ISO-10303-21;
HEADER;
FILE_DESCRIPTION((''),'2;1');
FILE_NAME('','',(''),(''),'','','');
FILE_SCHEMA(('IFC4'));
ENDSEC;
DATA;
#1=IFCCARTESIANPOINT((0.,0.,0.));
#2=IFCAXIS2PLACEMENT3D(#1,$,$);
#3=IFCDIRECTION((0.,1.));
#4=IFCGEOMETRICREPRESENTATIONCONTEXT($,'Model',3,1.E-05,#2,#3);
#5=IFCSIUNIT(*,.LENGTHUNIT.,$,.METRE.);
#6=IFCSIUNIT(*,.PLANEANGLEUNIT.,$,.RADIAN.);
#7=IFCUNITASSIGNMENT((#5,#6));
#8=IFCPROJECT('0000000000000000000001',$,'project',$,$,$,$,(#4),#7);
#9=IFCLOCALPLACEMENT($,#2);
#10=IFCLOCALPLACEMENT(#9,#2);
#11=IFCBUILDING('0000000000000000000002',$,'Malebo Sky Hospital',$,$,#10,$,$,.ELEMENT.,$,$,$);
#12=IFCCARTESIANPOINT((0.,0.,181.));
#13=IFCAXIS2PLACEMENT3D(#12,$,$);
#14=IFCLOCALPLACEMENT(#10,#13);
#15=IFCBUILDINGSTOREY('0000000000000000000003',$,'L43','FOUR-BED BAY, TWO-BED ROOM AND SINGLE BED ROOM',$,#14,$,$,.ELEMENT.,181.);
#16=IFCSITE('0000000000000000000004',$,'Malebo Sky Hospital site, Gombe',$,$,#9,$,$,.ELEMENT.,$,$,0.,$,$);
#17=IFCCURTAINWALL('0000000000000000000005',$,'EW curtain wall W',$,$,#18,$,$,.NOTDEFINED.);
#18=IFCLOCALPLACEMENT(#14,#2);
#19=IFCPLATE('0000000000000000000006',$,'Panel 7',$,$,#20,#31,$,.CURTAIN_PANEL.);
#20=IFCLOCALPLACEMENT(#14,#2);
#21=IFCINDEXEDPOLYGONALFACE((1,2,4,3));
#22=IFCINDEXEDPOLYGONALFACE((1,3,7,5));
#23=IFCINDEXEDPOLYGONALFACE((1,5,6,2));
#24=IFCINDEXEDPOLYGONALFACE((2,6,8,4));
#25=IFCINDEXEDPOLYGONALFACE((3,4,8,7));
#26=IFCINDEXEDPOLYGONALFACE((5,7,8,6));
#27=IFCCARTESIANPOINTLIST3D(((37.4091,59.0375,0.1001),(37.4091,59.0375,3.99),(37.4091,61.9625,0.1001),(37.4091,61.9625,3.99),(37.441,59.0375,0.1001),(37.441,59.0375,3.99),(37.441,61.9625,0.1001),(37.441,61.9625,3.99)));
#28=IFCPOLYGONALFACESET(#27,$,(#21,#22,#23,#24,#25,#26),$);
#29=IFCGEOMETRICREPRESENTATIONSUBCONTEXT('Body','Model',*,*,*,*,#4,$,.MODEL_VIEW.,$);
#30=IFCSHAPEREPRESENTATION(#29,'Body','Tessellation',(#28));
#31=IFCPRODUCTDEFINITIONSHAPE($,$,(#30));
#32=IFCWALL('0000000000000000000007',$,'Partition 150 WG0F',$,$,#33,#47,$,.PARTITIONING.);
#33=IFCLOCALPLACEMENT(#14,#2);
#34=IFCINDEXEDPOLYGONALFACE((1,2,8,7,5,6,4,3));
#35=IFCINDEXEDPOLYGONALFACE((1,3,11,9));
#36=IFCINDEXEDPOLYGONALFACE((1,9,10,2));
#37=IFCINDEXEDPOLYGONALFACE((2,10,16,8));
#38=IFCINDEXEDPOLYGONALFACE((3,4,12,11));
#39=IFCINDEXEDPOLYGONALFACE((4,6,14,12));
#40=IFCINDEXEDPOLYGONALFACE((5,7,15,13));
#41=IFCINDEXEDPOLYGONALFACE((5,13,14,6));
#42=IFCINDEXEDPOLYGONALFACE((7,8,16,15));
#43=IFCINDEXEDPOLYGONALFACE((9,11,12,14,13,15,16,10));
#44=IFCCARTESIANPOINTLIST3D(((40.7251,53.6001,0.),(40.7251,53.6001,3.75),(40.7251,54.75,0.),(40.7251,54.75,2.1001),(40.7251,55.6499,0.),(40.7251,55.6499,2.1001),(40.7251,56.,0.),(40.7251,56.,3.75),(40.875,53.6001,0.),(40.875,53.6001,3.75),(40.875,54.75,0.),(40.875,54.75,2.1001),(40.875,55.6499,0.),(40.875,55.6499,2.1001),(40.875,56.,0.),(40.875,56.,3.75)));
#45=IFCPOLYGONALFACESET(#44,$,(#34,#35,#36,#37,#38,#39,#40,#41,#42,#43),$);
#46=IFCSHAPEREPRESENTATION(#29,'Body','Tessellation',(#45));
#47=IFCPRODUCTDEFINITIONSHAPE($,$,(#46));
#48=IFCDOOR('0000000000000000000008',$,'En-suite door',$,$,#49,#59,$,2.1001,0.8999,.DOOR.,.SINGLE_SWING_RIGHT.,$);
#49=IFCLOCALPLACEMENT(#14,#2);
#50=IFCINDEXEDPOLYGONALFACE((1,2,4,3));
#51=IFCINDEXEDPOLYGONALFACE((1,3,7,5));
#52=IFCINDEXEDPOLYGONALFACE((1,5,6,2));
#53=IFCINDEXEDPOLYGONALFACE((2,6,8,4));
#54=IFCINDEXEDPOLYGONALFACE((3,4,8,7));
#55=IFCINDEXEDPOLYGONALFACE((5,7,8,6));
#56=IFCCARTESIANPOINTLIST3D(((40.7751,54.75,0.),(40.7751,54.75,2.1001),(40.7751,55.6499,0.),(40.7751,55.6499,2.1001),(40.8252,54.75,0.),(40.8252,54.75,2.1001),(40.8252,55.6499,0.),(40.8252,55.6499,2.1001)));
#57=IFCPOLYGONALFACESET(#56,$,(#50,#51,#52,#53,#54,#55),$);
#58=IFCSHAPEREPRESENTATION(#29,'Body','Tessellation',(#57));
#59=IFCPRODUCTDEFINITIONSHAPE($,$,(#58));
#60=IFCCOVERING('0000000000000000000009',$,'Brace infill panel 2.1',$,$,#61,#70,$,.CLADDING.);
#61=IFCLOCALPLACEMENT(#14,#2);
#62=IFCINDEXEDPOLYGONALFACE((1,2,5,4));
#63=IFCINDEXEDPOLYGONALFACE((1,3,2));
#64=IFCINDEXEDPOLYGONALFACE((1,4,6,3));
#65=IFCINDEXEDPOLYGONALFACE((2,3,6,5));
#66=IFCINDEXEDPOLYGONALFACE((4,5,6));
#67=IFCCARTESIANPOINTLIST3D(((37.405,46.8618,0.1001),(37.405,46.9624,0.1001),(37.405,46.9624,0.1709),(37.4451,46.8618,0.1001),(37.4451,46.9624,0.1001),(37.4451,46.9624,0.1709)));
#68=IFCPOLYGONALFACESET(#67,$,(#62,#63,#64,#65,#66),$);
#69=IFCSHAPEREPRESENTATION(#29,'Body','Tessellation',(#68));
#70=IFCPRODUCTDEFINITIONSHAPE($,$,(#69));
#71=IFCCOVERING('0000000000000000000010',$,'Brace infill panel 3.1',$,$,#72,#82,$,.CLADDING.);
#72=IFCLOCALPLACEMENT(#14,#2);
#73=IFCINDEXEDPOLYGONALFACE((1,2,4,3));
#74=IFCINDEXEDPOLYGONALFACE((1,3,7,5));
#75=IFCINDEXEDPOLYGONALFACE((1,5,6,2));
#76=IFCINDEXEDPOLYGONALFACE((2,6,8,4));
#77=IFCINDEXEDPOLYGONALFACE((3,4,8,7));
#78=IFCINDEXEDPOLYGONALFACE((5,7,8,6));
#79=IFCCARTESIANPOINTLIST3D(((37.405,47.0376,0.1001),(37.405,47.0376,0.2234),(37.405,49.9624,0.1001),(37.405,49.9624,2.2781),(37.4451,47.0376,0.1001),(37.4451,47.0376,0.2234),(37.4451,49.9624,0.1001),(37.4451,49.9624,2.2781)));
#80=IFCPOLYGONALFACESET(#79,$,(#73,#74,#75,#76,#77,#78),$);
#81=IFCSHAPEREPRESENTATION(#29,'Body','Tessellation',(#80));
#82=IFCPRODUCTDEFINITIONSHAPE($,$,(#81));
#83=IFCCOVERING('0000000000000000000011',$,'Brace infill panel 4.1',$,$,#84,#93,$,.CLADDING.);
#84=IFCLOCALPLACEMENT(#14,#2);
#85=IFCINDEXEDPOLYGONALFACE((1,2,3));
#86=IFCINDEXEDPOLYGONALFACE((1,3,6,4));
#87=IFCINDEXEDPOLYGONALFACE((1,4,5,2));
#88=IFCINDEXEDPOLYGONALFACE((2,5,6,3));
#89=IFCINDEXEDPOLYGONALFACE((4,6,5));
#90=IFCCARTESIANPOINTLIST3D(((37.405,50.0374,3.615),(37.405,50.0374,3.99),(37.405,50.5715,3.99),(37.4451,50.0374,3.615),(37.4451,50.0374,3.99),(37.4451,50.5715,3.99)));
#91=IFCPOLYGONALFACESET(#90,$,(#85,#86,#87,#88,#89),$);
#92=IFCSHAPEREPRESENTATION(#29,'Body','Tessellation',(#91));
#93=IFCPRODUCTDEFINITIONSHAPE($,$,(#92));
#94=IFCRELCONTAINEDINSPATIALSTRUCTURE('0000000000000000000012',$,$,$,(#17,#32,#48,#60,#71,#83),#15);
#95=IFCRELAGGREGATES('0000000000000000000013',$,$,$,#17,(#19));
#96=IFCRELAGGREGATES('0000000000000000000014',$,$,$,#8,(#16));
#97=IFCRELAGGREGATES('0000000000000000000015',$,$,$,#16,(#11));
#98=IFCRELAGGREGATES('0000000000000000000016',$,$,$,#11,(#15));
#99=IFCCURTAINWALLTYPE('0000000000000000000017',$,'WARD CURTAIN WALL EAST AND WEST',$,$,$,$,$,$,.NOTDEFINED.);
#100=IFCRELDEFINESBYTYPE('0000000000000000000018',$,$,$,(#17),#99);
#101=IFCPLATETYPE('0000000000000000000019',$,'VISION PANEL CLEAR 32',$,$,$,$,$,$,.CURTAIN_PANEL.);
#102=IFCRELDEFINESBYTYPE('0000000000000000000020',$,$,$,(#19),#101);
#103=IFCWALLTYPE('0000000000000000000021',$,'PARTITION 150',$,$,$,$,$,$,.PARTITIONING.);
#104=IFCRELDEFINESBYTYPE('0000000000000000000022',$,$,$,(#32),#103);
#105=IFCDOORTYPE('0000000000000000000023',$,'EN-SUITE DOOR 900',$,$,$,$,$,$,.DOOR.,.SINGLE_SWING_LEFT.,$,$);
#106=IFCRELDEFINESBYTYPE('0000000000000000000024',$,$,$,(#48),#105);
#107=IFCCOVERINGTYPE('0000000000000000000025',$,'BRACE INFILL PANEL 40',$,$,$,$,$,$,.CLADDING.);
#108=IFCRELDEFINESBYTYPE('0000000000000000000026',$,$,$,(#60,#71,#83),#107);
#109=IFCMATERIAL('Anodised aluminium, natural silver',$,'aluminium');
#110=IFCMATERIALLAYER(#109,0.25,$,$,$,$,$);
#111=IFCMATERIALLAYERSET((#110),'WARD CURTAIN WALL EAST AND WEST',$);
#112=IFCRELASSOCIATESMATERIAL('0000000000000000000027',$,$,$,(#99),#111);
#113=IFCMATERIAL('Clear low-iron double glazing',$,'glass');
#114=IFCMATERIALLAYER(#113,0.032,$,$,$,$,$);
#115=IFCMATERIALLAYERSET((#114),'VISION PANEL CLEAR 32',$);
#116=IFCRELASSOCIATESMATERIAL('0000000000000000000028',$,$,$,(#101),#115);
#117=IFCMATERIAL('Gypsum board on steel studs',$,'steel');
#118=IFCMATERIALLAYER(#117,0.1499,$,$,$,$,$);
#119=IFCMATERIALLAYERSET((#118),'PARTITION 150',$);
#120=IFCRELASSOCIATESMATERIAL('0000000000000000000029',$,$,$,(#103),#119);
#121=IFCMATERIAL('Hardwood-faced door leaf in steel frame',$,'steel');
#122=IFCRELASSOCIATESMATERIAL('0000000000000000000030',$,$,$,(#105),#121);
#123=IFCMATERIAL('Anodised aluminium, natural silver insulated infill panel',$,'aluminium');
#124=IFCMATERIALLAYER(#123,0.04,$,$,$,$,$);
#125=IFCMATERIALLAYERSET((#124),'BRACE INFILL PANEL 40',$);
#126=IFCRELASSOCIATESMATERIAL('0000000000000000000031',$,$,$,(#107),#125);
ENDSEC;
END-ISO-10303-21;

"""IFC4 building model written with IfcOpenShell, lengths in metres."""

from ifc_helpers import new_model, si_unit, direction, frame, frame_2d, origin, origin_2d, place, context, subcontext, project, spatial, polyline, rectangle, outline, extrude, material, layer, layer_set, type_object, element, fill, aggregate, save


model = new_model("IFC4")

# Units and contexts
model_context = context("Model", 3, precision=1e-05, world=origin(), true_north=direction((0.0, 1.0)))
body_context = subcontext(model_context, "Body", "Model", "MODEL_VIEW")
ifc_project = project(units=[si_unit("LENGTHUNIT", "METRE"), si_unit("PLANEANGLEUNIT", "RADIAN")], contexts=[model_context])

# Site, building, storey
site_placement = place(None, origin())
site = spatial("IfcSite", under=ifc_project, at=site_placement, Name="Malebo Sky Hospital site, Gombe", CompositionType="ELEMENT", RefElevation=0.0)
building_placement = place(site_placement, origin())
building = spatial("IfcBuilding", under=site, at=building_placement, Name="Malebo Sky Hospital", CompositionType="ELEMENT")
storey_placement = place(building_placement, frame((0.0, 0.0, 181.0)))
storey = spatial("IfcBuildingStorey", under=building, at=storey_placement, Name="L43", Description="FOUR-BED BAY, TWO-BED ROOM AND SINGLE BED ROOM", CompositionType="ELEMENT", Elevation=181.0)

# Curtain wall
ifc_material_1 = material(Name="Anodised aluminium, natural silver", Category="aluminium")
ifc_layer_1 = layer(ifc_material_1, 0.25)
ifc_layer_set_1 = layer_set([ifc_layer_1], Name="WARD CURTAIN WALL EAST AND WEST")
curtain_wall_type = type_object("IfcCurtainWallType", Name="WARD CURTAIN WALL EAST AND WEST", PredefinedType="NOTDEFINED", material=ifc_layer_set_1)
curtain_wall_placement = place(storey_placement, origin())
curtain_wall = element("IfcCurtainWall", 1, at=curtain_wall_placement, inside=storey, type_object=curtain_wall_type, Name="EW curtain wall W", PredefinedType="NOTDEFINED")

# Plate
ifc_material_2 = material(Name="Clear low-iron double glazing", Category="glass")
ifc_layer_2 = layer(ifc_material_2, 0.032)
ifc_layer_set_2 = layer_set([ifc_layer_2], Name="VISION PANEL CLEAR 32")
plate_type = type_object("IfcPlateType", Name="VISION PANEL CLEAR 32", PredefinedType="CURTAIN_PANEL", material=ifc_layer_set_2)
plate_1_placement = place(storey_placement, frame((37.425, 60.5, 0.1001), z_axis=(0.0, 0.0, 1.0), x_axis=(0.0, 1.0, 0.0)))
plate_1 = element("IfcPlate", 2, at=plate_1_placement, type_object=plate_type, Name="Panel 7", PredefinedType="CURTAIN_PANEL", context=body_context, shape_type="SweptSolid", body=[
    extrude(rectangle(XDim=2.925, YDim=0.032, at=origin_2d()), origin(), (0.0, 0.0, 1.0), 3.8899),
])
aggregate(curtain_wall, [plate_1])

# Wall, opening, door
ifc_material_3 = material(Name="Gypsum board on steel studs", Category="steel")
ifc_layer_3 = layer(ifc_material_3, 0.1499)
ifc_layer_set_3 = layer_set([ifc_layer_3], Name="PARTITION 150")
wall_type = type_object("IfcWallType", Name="PARTITION 150", PredefinedType="PARTITIONING", material=ifc_layer_set_3)
wall_placement = place(storey_placement, frame((40.8, 53.6001, 0.0), z_axis=(0.0, 0.0, 1.0), x_axis=(0.0, 1.0, 0.0)))
wall = element("IfcWall", 3, at=wall_placement, inside=storey, type_object=wall_type, Name="Partition 150 WG0F", PredefinedType="PARTITIONING", context=body_context, shape_type="SweptSolid", body=[
    extrude(rectangle(XDim=2.3999, YDim=0.1499, at=frame_2d((1.2, 0.0))), origin(), (0.0, 0.0, 1.0), 3.75),
])
opening_placement = place(wall_placement, frame((1.1499, 0.0, 0.0)))
opening = element("IfcOpeningElement", 4, at=opening_placement, cuts=wall, PredefinedType="OPENING", context=body_context, shape_type="SweptSolid", body=[
    extrude(rectangle(XDim=0.8999, YDim=2.1001, at=frame_2d((0.45, 1.05))), frame((0.0, 0.085, 0.0), z_axis=(0.0, -1.0, 0.0), x_axis=(1.0, 0.0, 0.0)), (0.0, 0.0, 1.0), 0.1699),
])
ifc_material_4 = material(Name="Hardwood-faced door leaf in steel frame", Category="steel")
door_type = type_object("IfcDoorType", Name="EN-SUITE DOOR 900", OperationType="SINGLE_SWING_LEFT", PredefinedType="DOOR", material=ifc_material_4)
door_placement = place(opening_placement, origin())
door = element("IfcDoor", 5, at=door_placement, inside=storey, type_object=door_type, Name="En-suite door", OperationType="SINGLE_SWING_RIGHT", OverallHeight=2.1001, OverallWidth=0.8999, PredefinedType="DOOR", context=body_context, shape_type="SweptSolid", body=[
    extrude(rectangle(XDim=0.8999, YDim=2.1001, at=frame_2d((0.45, 1.05))), frame((0.0, 0.0249, 0.0), z_axis=(0.0, -1.0, 0.0), x_axis=(1.0, 0.0, 0.0)), (0.0, 0.0, 1.0), 0.05),
])
fill(opening, door)

# Coverings
ifc_material_5 = material(Name="Anodised aluminium, natural silver insulated infill panel", Category="aluminium")
ifc_layer_4 = layer(ifc_material_5, 0.04)
ifc_layer_set_4 = layer_set([ifc_layer_4], Name="BRACE INFILL PANEL 40")
covering_type = type_object("IfcCoveringType", Name="BRACE INFILL PANEL 40", PredefinedType="CLADDING", material=ifc_layer_set_4)
covering_1_placement = place(storey_placement, frame((37.425, 46.9121, 0.1001), z_axis=(0.0, 0.0, 1.0), x_axis=(0.0, 1.0, 0.0)))
element("IfcCovering", 6, at=covering_1_placement, inside=storey, type_object=covering_type, Name="Brace infill panel 2.1", PredefinedType="CLADDING", context=body_context, shape_type="SweptSolid", body=[
    extrude(outline(polyline([(-0.0503, 0.0), (0.0503, 0.0), (0.0503, 0.0708), (-0.0503, 0.0)])), frame((0.0, 0.02, 0.0), z_axis=(0.0, -1.0, 0.0), x_axis=(1.0, 0.0, 0.0)), (0.0, 0.0, 1.0), 0.04),
])
covering_2_placement = place(storey_placement, frame((37.425, 48.5, 0.1001), z_axis=(0.0, 0.0, 1.0), x_axis=(0.0, 1.0, 0.0)))
element("IfcCovering", 7, at=covering_2_placement, inside=storey, type_object=covering_type, Name="Brace infill panel 3.1", PredefinedType="CLADDING", context=body_context, shape_type="SweptSolid", body=[
    extrude(outline(polyline([(-1.4624, 0.0), (1.4624, 0.0), (1.4624, 2.178), (-1.4624, 0.1233), (-1.4624, 0.0)])), frame((0.0, 0.02, 0.0), z_axis=(0.0, -1.0, 0.0), x_axis=(1.0, 0.0, 0.0)), (0.0, 0.0, 1.0), 0.04),
])
covering_3_placement = place(storey_placement, frame((37.425, 50.3044, 3.615), z_axis=(0.0, 0.0, 1.0), x_axis=(0.0, 1.0, 0.0)))
element("IfcCovering", 8, at=covering_3_placement, inside=storey, type_object=covering_type, Name="Brace infill panel 4.1", PredefinedType="CLADDING", context=body_context, shape_type="SweptSolid", body=[
    extrude(outline(polyline([(-0.2671, 0.0), (0.2671, 0.375), (-0.2671, 0.375), (-0.2671, 0.0)])), frame((0.0, 0.02, 0.0), z_axis=(0.0, -1.0, 0.0), x_axis=(1.0, 0.0, 0.0)), (0.0, 0.0, 1.0), 0.04),
])

save(model, "model.ifc")
